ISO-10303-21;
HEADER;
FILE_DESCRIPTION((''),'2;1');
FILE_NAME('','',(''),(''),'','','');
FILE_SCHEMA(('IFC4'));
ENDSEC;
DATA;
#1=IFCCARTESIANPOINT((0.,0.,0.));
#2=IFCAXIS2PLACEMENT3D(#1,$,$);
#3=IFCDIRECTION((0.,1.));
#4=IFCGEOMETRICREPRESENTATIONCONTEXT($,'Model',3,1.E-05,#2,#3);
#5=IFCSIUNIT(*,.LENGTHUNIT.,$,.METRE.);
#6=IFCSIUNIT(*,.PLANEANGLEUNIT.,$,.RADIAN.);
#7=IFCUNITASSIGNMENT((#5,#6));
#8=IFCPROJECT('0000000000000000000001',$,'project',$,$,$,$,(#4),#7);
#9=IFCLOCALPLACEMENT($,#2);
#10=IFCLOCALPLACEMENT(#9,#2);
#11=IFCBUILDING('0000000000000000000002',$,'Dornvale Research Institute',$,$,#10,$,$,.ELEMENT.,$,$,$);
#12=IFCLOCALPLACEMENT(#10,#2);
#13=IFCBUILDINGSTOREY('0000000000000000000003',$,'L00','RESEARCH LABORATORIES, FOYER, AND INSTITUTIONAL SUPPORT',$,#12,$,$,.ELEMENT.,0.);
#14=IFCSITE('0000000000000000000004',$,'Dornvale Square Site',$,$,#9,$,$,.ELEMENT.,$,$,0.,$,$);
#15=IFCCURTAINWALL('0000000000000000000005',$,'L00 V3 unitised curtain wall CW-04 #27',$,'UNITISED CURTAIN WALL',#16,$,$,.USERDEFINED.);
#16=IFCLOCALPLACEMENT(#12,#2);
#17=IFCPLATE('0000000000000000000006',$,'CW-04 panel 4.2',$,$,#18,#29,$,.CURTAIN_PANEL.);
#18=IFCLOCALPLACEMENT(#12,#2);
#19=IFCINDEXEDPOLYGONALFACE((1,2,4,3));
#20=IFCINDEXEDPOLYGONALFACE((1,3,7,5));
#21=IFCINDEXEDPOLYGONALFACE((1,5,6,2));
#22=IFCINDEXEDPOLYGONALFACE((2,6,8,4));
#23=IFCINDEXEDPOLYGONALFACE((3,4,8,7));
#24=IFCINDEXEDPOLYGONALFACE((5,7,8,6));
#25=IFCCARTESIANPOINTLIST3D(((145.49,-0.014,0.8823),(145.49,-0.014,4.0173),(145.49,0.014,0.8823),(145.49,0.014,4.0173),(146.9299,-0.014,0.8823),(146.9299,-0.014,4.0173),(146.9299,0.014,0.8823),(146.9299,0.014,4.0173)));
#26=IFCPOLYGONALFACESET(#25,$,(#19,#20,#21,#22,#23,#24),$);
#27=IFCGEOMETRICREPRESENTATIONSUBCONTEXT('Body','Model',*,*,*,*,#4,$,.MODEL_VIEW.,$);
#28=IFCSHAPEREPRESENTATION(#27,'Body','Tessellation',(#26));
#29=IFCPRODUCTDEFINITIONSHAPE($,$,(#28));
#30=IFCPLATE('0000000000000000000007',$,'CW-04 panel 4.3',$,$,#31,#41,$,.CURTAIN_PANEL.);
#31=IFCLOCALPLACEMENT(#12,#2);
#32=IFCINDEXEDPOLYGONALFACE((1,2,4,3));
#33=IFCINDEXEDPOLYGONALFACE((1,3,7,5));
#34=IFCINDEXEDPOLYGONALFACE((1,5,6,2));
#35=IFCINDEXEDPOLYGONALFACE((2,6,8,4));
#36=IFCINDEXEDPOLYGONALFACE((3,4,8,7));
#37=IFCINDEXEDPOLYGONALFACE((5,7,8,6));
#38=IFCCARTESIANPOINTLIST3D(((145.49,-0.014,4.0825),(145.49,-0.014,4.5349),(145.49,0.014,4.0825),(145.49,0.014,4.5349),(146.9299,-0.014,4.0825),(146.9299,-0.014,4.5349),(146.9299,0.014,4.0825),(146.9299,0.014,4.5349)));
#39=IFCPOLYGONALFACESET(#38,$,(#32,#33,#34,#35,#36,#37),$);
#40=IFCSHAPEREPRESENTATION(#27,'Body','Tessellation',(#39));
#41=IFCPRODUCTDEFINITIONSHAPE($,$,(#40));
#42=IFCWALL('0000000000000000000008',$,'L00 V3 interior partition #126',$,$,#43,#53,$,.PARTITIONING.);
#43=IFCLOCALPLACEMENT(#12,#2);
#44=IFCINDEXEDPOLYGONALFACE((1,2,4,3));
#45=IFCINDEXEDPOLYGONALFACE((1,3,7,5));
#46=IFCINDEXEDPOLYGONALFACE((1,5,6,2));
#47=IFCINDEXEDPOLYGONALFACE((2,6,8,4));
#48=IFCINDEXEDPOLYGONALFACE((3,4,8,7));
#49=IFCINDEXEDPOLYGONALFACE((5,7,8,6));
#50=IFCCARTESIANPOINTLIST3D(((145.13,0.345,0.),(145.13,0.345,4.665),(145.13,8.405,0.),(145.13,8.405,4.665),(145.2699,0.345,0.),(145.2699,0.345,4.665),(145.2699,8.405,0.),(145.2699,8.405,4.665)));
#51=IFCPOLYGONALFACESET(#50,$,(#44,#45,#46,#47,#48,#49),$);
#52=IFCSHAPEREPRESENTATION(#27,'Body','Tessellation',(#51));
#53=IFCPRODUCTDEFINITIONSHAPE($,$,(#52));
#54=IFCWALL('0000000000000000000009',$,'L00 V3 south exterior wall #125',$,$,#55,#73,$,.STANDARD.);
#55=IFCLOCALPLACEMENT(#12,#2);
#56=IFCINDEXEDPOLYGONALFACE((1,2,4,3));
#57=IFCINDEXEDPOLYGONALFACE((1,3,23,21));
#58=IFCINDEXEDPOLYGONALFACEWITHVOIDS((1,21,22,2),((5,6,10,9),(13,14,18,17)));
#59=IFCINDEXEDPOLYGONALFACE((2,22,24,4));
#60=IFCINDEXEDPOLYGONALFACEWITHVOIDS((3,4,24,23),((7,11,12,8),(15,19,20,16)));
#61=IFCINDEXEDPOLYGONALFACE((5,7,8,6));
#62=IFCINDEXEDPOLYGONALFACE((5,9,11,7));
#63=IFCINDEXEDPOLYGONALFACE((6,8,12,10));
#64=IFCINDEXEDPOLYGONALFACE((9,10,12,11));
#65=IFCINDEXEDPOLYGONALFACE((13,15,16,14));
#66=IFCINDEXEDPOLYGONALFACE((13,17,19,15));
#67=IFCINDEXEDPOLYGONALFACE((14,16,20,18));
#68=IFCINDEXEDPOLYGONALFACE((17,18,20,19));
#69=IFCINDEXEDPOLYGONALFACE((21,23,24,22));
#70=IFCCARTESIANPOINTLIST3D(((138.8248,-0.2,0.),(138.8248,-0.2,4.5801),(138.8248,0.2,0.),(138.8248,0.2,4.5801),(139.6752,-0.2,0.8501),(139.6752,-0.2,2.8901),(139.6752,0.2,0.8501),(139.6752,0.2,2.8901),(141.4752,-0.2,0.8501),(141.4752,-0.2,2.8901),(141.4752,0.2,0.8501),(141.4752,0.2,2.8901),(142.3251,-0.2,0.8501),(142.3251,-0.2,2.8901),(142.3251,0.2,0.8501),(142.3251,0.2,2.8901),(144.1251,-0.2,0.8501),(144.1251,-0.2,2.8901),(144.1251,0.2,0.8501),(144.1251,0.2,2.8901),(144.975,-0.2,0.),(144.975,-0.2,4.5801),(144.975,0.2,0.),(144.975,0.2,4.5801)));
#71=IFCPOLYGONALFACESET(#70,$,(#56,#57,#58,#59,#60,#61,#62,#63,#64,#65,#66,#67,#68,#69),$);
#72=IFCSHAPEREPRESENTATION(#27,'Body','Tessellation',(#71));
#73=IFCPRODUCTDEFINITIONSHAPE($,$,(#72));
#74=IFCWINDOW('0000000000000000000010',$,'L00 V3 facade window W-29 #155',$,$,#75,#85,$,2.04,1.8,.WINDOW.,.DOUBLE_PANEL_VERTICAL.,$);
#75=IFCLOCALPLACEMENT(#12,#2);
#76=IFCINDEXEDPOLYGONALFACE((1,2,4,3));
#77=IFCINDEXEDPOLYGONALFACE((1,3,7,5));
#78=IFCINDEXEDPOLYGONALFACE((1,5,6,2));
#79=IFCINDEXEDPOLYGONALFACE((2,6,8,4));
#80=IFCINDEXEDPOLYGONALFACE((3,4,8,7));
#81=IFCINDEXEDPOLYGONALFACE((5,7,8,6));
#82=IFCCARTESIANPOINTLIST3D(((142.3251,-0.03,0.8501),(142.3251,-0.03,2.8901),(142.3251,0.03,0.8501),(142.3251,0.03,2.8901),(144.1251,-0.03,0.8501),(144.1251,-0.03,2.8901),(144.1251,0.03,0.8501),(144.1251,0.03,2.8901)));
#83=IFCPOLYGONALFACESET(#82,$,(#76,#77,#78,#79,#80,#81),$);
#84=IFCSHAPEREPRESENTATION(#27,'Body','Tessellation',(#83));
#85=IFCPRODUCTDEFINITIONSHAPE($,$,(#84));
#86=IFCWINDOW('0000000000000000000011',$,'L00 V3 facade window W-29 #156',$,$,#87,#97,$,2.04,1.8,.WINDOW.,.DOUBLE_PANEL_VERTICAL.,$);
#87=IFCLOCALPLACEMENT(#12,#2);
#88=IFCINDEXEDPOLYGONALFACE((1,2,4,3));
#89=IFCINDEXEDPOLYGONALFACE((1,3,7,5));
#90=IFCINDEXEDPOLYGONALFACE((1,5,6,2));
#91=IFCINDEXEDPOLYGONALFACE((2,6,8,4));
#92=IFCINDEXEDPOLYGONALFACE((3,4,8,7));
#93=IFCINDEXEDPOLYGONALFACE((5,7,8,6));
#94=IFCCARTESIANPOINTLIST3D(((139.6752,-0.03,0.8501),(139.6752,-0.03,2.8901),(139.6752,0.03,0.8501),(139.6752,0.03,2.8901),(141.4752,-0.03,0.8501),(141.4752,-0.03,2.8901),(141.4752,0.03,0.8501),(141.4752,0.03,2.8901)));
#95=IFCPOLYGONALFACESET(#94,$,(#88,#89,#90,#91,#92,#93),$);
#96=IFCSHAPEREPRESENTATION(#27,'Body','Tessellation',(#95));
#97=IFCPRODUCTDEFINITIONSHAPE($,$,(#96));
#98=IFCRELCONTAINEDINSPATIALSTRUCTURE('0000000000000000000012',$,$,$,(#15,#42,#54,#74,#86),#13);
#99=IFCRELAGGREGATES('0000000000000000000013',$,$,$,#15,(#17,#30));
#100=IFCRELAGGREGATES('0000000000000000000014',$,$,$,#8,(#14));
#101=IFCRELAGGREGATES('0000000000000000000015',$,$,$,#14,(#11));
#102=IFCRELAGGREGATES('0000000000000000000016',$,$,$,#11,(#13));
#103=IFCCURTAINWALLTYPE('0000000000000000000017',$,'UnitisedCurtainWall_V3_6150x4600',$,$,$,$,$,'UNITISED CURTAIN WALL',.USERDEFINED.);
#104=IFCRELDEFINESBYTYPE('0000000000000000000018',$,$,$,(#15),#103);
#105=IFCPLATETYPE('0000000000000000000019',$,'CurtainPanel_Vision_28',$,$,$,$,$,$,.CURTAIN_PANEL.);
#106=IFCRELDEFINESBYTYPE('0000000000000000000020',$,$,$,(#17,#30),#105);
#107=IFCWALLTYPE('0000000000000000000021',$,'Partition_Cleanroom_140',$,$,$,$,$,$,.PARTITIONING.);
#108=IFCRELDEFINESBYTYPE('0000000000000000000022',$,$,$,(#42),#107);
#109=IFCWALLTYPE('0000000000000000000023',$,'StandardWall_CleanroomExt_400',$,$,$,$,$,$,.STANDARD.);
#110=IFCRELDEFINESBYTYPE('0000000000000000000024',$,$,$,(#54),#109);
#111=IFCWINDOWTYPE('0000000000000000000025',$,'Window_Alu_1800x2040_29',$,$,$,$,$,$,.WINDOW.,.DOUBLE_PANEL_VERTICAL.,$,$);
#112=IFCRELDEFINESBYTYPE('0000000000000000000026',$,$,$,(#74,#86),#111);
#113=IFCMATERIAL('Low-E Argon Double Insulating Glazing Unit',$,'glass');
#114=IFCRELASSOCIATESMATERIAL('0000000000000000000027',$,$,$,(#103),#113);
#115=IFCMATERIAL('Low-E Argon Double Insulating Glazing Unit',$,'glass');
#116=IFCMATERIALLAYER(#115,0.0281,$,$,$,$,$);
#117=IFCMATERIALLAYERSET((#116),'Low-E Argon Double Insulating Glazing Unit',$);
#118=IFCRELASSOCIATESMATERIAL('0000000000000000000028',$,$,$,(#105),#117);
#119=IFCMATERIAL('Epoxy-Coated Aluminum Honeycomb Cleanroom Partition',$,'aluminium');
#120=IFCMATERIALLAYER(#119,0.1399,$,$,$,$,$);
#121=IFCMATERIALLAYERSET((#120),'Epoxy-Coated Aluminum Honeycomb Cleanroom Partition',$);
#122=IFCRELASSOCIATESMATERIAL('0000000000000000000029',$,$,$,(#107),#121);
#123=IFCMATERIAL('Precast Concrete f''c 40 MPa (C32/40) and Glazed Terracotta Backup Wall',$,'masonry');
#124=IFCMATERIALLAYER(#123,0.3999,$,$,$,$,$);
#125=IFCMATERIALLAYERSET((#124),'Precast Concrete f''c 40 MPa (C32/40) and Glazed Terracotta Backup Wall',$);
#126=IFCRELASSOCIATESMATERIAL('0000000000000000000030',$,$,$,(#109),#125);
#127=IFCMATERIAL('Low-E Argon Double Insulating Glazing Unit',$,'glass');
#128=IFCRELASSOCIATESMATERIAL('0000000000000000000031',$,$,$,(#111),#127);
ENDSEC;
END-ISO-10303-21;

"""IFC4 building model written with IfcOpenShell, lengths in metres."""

from ifc_helpers import new_model, si_unit, direction, frame, frame_2d, origin, origin_2d, place, context, subcontext, project, spatial, rectangle, extrude, material, layer, layer_set, type_object, element, fill, aggregate, save


model = new_model("IFC4")

# Units and contexts
model_context = context("Model", 3, precision=1e-05, world=origin(), true_north=direction((0.0, 1.0)))
body_context = subcontext(model_context, "Body", "Model", "MODEL_VIEW")
ifc_project = project(units=[si_unit("LENGTHUNIT", "METRE"), si_unit("PLANEANGLEUNIT", "RADIAN")], contexts=[model_context])

# Site, building, storey
site_placement = place(None, origin())
site = spatial("IfcSite", under=ifc_project, at=site_placement, Name="Dornvale Square Site", CompositionType="ELEMENT", RefElevation=0.0)
building_placement = place(site_placement, origin())
building = spatial("IfcBuilding", under=site, at=building_placement, Name="Dornvale Research Institute", CompositionType="ELEMENT")
storey_placement = place(building_placement, origin())
storey = spatial("IfcBuildingStorey", under=building, at=storey_placement, Name="L00", Description="RESEARCH LABORATORIES, FOYER, AND INSTITUTIONAL SUPPORT", CompositionType="ELEMENT", Elevation=0.0)

# Curtain wall
ifc_material_1 = material(Name="Low-E Argon Double Insulating Glazing Unit", Category="glass")
curtain_wall_type = type_object("IfcCurtainWallType", Name="UnitisedCurtainWall_V3_6150x4600", ElementType="UNITISED CURTAIN WALL", PredefinedType="USERDEFINED", material=ifc_material_1)
curtain_wall_1_placement = place(storey_placement, origin())
curtain_wall_1 = element("IfcCurtainWall", 1, at=curtain_wall_1_placement, inside=storey, type_object=curtain_wall_type, Name="L00 V3 unitised curtain wall CW-04 #27", ObjectType="UNITISED CURTAIN WALL", PredefinedType="USERDEFINED")

# Plates
ifc_material_2 = material(Name="Low-E Argon Double Insulating Glazing Unit", Category="glass")
ifc_layer_1 = layer(ifc_material_2, 0.0281)
ifc_layer_set_1 = layer_set([ifc_layer_1], Name="Low-E Argon Double Insulating Glazing Unit")
plate_type_1 = type_object("IfcPlateType", Name="CurtainPanel_Vision_28", PredefinedType="CURTAIN_PANEL", material=ifc_layer_set_1)
plate_1_placement = place(storey_placement, frame((146.21, 0.0, 0.8823), z_axis=(0.0, 0.0, 1.0), x_axis=(-1.0, 0.0, 0.0)))
plate_1 = element("IfcPlate", 2, at=plate_1_placement, type_object=plate_type_1, Name="CW-04 panel 4.2", PredefinedType="CURTAIN_PANEL", context=body_context, shape_type="SweptSolid", body=[
    extrude(rectangle(XDim=1.4399, YDim=0.0281, at=origin_2d()), origin(), (0.0, 0.0, 1.0), 3.135),
])
plate_2_placement = place(storey_placement, frame((146.21, 0.0, 4.0825), z_axis=(0.0, 0.0, 1.0), x_axis=(-1.0, 0.0, 0.0)))
plate_2 = element("IfcPlate", 3, at=plate_2_placement, type_object=plate_type_1, Name="CW-04 panel 4.3", PredefinedType="CURTAIN_PANEL", context=body_context, shape_type="SweptSolid", body=[
    extrude(rectangle(XDim=1.4399, YDim=0.0281, at=origin_2d()), origin(), (0.0, 0.0, 1.0), 0.4524),
])
aggregate(curtain_wall_1, [plate_1, plate_2])

# Wall
ifc_material_3 = material(Name="Epoxy-Coated Aluminum Honeycomb Cleanroom Partition", Category="aluminium")
ifc_layer_2 = layer(ifc_material_3, 0.1399)
ifc_layer_set_2 = layer_set([ifc_layer_2], Name="Epoxy-Coated Aluminum Honeycomb Cleanroom Partition")
wall_type_1 = type_object("IfcWallType", Name="Partition_Cleanroom_140", PredefinedType="PARTITIONING", material=ifc_layer_set_2)
wall_1_placement = place(storey_placement, frame((145.2, 0.345, 0.0), z_axis=(0.0, 0.0, 1.0), x_axis=(0.0, 1.0, 0.0)))
element("IfcWall", 4, at=wall_1_placement, inside=storey, type_object=wall_type_1, Name="L00 V3 interior partition #126", PredefinedType="PARTITIONING", context=body_context, shape_type="SweptSolid", body=[
    extrude(rectangle(XDim=8.0601, YDim=0.1399, at=frame_2d((4.03, 0.0))), origin(), (0.0, 0.0, 1.0), 4.665),
])

# Wall, openings, windows
ifc_material_4 = material(Name="Precast Concrete f'c 40 MPa (C32/40) and Glazed Terracotta Backup Wall", Category="masonry")
ifc_layer_3 = layer(ifc_material_4, 0.3999)
ifc_layer_set_3 = layer_set([ifc_layer_3], Name="Precast Concrete f'c 40 MPa (C32/40) and Glazed Terracotta Backup Wall")
wall_type_2 = type_object("IfcWallType", Name="StandardWall_CleanroomExt_400", PredefinedType="STANDARD", material=ifc_layer_set_3)
wall_2_placement = place(storey_placement, frame((144.9751, 0.0, 0.0), z_axis=(0.0, 0.0, 1.0), x_axis=(-1.0, 0.0, 0.0)))
wall_2 = element("IfcWall", 5, at=wall_2_placement, inside=storey, type_object=wall_type_2, Name="L00 V3 south exterior wall #125", PredefinedType="STANDARD", context=body_context, shape_type="SweptSolid", body=[
    extrude(rectangle(XDim=6.1501, YDim=0.3999, at=frame_2d((3.0752, 0.0))), origin(), (0.0, 0.0, 1.0), 4.5801),
])
opening_1_placement = place(wall_2_placement, frame((0.8501, 0.0, 0.8501)))
opening_1 = element("IfcOpeningElement", 6, at=opening_1_placement, cuts=wall_2, PredefinedType="OPENING", context=body_context, shape_type="SweptSolid", body=[
    extrude(rectangle(XDim=1.8, YDim=2.04, at=frame_2d((0.8999, 1.02))), frame((0.0, 0.2148, 0.0), z_axis=(0.0, -1.0, 0.0), x_axis=(1.0, 0.0, 0.0)), (0.0, 0.0, 1.0), 0.4299),
])
opening_2_placement = place(wall_2_placement, frame((3.5, 0.0, 0.8501)))
opening_2 = element("IfcOpeningElement", 7, at=opening_2_placement, cuts=wall_2, PredefinedType="OPENING", context=body_context, shape_type="SweptSolid", body=[
    extrude(rectangle(XDim=1.8, YDim=2.04, at=frame_2d((0.8999, 1.02))), frame((0.0, 0.2148, 0.0), z_axis=(0.0, -1.0, 0.0), x_axis=(1.0, 0.0, 0.0)), (0.0, 0.0, 1.0), 0.4299),
])
ifc_material_5 = material(Name="Low-E Argon Double Insulating Glazing Unit", Category="glass")
window_type = type_object("IfcWindowType", Name="Window_Alu_1800x2040_29", PartitioningType="DOUBLE_PANEL_VERTICAL", PredefinedType="WINDOW", material=ifc_material_5)
window_1_placement = place(opening_1_placement, origin())
window_1 = element("IfcWindow", 8, at=window_1_placement, inside=storey, type_object=window_type, Name="L00 V3 facade window W-29 #155", OverallHeight=2.04, OverallWidth=1.8, PartitioningType="DOUBLE_PANEL_VERTICAL", PredefinedType="WINDOW", context=body_context, shape_type="SweptSolid", body=[
    extrude(rectangle(XDim=1.8, YDim=2.04, at=frame_2d((0.8999, 1.02))), frame((0.0, 0.03, 0.0), z_axis=(0.0, -1.0, 0.0), x_axis=(1.0, 0.0, 0.0)), (0.0, 0.0, 1.0), 0.0601),
])
fill(opening_1, window_1)
window_2_placement = place(opening_2_placement, origin())
window_2 = element("IfcWindow", 9, at=window_2_placement, inside=storey, type_object=window_type, Name="L00 V3 facade window W-29 #156", OverallHeight=2.04, OverallWidth=1.8, PartitioningType="DOUBLE_PANEL_VERTICAL", PredefinedType="WINDOW", context=body_context, shape_type="SweptSolid", body=[
    extrude(rectangle(XDim=1.8, YDim=2.04, at=frame_2d((0.8999, 1.02))), frame((0.0, 0.03, 0.0), z_axis=(0.0, -1.0, 0.0), x_axis=(1.0, 0.0, 0.0)), (0.0, 0.0, 1.0), 0.0601),
])
fill(opening_2, window_2)

save(model, "model.ifc")
